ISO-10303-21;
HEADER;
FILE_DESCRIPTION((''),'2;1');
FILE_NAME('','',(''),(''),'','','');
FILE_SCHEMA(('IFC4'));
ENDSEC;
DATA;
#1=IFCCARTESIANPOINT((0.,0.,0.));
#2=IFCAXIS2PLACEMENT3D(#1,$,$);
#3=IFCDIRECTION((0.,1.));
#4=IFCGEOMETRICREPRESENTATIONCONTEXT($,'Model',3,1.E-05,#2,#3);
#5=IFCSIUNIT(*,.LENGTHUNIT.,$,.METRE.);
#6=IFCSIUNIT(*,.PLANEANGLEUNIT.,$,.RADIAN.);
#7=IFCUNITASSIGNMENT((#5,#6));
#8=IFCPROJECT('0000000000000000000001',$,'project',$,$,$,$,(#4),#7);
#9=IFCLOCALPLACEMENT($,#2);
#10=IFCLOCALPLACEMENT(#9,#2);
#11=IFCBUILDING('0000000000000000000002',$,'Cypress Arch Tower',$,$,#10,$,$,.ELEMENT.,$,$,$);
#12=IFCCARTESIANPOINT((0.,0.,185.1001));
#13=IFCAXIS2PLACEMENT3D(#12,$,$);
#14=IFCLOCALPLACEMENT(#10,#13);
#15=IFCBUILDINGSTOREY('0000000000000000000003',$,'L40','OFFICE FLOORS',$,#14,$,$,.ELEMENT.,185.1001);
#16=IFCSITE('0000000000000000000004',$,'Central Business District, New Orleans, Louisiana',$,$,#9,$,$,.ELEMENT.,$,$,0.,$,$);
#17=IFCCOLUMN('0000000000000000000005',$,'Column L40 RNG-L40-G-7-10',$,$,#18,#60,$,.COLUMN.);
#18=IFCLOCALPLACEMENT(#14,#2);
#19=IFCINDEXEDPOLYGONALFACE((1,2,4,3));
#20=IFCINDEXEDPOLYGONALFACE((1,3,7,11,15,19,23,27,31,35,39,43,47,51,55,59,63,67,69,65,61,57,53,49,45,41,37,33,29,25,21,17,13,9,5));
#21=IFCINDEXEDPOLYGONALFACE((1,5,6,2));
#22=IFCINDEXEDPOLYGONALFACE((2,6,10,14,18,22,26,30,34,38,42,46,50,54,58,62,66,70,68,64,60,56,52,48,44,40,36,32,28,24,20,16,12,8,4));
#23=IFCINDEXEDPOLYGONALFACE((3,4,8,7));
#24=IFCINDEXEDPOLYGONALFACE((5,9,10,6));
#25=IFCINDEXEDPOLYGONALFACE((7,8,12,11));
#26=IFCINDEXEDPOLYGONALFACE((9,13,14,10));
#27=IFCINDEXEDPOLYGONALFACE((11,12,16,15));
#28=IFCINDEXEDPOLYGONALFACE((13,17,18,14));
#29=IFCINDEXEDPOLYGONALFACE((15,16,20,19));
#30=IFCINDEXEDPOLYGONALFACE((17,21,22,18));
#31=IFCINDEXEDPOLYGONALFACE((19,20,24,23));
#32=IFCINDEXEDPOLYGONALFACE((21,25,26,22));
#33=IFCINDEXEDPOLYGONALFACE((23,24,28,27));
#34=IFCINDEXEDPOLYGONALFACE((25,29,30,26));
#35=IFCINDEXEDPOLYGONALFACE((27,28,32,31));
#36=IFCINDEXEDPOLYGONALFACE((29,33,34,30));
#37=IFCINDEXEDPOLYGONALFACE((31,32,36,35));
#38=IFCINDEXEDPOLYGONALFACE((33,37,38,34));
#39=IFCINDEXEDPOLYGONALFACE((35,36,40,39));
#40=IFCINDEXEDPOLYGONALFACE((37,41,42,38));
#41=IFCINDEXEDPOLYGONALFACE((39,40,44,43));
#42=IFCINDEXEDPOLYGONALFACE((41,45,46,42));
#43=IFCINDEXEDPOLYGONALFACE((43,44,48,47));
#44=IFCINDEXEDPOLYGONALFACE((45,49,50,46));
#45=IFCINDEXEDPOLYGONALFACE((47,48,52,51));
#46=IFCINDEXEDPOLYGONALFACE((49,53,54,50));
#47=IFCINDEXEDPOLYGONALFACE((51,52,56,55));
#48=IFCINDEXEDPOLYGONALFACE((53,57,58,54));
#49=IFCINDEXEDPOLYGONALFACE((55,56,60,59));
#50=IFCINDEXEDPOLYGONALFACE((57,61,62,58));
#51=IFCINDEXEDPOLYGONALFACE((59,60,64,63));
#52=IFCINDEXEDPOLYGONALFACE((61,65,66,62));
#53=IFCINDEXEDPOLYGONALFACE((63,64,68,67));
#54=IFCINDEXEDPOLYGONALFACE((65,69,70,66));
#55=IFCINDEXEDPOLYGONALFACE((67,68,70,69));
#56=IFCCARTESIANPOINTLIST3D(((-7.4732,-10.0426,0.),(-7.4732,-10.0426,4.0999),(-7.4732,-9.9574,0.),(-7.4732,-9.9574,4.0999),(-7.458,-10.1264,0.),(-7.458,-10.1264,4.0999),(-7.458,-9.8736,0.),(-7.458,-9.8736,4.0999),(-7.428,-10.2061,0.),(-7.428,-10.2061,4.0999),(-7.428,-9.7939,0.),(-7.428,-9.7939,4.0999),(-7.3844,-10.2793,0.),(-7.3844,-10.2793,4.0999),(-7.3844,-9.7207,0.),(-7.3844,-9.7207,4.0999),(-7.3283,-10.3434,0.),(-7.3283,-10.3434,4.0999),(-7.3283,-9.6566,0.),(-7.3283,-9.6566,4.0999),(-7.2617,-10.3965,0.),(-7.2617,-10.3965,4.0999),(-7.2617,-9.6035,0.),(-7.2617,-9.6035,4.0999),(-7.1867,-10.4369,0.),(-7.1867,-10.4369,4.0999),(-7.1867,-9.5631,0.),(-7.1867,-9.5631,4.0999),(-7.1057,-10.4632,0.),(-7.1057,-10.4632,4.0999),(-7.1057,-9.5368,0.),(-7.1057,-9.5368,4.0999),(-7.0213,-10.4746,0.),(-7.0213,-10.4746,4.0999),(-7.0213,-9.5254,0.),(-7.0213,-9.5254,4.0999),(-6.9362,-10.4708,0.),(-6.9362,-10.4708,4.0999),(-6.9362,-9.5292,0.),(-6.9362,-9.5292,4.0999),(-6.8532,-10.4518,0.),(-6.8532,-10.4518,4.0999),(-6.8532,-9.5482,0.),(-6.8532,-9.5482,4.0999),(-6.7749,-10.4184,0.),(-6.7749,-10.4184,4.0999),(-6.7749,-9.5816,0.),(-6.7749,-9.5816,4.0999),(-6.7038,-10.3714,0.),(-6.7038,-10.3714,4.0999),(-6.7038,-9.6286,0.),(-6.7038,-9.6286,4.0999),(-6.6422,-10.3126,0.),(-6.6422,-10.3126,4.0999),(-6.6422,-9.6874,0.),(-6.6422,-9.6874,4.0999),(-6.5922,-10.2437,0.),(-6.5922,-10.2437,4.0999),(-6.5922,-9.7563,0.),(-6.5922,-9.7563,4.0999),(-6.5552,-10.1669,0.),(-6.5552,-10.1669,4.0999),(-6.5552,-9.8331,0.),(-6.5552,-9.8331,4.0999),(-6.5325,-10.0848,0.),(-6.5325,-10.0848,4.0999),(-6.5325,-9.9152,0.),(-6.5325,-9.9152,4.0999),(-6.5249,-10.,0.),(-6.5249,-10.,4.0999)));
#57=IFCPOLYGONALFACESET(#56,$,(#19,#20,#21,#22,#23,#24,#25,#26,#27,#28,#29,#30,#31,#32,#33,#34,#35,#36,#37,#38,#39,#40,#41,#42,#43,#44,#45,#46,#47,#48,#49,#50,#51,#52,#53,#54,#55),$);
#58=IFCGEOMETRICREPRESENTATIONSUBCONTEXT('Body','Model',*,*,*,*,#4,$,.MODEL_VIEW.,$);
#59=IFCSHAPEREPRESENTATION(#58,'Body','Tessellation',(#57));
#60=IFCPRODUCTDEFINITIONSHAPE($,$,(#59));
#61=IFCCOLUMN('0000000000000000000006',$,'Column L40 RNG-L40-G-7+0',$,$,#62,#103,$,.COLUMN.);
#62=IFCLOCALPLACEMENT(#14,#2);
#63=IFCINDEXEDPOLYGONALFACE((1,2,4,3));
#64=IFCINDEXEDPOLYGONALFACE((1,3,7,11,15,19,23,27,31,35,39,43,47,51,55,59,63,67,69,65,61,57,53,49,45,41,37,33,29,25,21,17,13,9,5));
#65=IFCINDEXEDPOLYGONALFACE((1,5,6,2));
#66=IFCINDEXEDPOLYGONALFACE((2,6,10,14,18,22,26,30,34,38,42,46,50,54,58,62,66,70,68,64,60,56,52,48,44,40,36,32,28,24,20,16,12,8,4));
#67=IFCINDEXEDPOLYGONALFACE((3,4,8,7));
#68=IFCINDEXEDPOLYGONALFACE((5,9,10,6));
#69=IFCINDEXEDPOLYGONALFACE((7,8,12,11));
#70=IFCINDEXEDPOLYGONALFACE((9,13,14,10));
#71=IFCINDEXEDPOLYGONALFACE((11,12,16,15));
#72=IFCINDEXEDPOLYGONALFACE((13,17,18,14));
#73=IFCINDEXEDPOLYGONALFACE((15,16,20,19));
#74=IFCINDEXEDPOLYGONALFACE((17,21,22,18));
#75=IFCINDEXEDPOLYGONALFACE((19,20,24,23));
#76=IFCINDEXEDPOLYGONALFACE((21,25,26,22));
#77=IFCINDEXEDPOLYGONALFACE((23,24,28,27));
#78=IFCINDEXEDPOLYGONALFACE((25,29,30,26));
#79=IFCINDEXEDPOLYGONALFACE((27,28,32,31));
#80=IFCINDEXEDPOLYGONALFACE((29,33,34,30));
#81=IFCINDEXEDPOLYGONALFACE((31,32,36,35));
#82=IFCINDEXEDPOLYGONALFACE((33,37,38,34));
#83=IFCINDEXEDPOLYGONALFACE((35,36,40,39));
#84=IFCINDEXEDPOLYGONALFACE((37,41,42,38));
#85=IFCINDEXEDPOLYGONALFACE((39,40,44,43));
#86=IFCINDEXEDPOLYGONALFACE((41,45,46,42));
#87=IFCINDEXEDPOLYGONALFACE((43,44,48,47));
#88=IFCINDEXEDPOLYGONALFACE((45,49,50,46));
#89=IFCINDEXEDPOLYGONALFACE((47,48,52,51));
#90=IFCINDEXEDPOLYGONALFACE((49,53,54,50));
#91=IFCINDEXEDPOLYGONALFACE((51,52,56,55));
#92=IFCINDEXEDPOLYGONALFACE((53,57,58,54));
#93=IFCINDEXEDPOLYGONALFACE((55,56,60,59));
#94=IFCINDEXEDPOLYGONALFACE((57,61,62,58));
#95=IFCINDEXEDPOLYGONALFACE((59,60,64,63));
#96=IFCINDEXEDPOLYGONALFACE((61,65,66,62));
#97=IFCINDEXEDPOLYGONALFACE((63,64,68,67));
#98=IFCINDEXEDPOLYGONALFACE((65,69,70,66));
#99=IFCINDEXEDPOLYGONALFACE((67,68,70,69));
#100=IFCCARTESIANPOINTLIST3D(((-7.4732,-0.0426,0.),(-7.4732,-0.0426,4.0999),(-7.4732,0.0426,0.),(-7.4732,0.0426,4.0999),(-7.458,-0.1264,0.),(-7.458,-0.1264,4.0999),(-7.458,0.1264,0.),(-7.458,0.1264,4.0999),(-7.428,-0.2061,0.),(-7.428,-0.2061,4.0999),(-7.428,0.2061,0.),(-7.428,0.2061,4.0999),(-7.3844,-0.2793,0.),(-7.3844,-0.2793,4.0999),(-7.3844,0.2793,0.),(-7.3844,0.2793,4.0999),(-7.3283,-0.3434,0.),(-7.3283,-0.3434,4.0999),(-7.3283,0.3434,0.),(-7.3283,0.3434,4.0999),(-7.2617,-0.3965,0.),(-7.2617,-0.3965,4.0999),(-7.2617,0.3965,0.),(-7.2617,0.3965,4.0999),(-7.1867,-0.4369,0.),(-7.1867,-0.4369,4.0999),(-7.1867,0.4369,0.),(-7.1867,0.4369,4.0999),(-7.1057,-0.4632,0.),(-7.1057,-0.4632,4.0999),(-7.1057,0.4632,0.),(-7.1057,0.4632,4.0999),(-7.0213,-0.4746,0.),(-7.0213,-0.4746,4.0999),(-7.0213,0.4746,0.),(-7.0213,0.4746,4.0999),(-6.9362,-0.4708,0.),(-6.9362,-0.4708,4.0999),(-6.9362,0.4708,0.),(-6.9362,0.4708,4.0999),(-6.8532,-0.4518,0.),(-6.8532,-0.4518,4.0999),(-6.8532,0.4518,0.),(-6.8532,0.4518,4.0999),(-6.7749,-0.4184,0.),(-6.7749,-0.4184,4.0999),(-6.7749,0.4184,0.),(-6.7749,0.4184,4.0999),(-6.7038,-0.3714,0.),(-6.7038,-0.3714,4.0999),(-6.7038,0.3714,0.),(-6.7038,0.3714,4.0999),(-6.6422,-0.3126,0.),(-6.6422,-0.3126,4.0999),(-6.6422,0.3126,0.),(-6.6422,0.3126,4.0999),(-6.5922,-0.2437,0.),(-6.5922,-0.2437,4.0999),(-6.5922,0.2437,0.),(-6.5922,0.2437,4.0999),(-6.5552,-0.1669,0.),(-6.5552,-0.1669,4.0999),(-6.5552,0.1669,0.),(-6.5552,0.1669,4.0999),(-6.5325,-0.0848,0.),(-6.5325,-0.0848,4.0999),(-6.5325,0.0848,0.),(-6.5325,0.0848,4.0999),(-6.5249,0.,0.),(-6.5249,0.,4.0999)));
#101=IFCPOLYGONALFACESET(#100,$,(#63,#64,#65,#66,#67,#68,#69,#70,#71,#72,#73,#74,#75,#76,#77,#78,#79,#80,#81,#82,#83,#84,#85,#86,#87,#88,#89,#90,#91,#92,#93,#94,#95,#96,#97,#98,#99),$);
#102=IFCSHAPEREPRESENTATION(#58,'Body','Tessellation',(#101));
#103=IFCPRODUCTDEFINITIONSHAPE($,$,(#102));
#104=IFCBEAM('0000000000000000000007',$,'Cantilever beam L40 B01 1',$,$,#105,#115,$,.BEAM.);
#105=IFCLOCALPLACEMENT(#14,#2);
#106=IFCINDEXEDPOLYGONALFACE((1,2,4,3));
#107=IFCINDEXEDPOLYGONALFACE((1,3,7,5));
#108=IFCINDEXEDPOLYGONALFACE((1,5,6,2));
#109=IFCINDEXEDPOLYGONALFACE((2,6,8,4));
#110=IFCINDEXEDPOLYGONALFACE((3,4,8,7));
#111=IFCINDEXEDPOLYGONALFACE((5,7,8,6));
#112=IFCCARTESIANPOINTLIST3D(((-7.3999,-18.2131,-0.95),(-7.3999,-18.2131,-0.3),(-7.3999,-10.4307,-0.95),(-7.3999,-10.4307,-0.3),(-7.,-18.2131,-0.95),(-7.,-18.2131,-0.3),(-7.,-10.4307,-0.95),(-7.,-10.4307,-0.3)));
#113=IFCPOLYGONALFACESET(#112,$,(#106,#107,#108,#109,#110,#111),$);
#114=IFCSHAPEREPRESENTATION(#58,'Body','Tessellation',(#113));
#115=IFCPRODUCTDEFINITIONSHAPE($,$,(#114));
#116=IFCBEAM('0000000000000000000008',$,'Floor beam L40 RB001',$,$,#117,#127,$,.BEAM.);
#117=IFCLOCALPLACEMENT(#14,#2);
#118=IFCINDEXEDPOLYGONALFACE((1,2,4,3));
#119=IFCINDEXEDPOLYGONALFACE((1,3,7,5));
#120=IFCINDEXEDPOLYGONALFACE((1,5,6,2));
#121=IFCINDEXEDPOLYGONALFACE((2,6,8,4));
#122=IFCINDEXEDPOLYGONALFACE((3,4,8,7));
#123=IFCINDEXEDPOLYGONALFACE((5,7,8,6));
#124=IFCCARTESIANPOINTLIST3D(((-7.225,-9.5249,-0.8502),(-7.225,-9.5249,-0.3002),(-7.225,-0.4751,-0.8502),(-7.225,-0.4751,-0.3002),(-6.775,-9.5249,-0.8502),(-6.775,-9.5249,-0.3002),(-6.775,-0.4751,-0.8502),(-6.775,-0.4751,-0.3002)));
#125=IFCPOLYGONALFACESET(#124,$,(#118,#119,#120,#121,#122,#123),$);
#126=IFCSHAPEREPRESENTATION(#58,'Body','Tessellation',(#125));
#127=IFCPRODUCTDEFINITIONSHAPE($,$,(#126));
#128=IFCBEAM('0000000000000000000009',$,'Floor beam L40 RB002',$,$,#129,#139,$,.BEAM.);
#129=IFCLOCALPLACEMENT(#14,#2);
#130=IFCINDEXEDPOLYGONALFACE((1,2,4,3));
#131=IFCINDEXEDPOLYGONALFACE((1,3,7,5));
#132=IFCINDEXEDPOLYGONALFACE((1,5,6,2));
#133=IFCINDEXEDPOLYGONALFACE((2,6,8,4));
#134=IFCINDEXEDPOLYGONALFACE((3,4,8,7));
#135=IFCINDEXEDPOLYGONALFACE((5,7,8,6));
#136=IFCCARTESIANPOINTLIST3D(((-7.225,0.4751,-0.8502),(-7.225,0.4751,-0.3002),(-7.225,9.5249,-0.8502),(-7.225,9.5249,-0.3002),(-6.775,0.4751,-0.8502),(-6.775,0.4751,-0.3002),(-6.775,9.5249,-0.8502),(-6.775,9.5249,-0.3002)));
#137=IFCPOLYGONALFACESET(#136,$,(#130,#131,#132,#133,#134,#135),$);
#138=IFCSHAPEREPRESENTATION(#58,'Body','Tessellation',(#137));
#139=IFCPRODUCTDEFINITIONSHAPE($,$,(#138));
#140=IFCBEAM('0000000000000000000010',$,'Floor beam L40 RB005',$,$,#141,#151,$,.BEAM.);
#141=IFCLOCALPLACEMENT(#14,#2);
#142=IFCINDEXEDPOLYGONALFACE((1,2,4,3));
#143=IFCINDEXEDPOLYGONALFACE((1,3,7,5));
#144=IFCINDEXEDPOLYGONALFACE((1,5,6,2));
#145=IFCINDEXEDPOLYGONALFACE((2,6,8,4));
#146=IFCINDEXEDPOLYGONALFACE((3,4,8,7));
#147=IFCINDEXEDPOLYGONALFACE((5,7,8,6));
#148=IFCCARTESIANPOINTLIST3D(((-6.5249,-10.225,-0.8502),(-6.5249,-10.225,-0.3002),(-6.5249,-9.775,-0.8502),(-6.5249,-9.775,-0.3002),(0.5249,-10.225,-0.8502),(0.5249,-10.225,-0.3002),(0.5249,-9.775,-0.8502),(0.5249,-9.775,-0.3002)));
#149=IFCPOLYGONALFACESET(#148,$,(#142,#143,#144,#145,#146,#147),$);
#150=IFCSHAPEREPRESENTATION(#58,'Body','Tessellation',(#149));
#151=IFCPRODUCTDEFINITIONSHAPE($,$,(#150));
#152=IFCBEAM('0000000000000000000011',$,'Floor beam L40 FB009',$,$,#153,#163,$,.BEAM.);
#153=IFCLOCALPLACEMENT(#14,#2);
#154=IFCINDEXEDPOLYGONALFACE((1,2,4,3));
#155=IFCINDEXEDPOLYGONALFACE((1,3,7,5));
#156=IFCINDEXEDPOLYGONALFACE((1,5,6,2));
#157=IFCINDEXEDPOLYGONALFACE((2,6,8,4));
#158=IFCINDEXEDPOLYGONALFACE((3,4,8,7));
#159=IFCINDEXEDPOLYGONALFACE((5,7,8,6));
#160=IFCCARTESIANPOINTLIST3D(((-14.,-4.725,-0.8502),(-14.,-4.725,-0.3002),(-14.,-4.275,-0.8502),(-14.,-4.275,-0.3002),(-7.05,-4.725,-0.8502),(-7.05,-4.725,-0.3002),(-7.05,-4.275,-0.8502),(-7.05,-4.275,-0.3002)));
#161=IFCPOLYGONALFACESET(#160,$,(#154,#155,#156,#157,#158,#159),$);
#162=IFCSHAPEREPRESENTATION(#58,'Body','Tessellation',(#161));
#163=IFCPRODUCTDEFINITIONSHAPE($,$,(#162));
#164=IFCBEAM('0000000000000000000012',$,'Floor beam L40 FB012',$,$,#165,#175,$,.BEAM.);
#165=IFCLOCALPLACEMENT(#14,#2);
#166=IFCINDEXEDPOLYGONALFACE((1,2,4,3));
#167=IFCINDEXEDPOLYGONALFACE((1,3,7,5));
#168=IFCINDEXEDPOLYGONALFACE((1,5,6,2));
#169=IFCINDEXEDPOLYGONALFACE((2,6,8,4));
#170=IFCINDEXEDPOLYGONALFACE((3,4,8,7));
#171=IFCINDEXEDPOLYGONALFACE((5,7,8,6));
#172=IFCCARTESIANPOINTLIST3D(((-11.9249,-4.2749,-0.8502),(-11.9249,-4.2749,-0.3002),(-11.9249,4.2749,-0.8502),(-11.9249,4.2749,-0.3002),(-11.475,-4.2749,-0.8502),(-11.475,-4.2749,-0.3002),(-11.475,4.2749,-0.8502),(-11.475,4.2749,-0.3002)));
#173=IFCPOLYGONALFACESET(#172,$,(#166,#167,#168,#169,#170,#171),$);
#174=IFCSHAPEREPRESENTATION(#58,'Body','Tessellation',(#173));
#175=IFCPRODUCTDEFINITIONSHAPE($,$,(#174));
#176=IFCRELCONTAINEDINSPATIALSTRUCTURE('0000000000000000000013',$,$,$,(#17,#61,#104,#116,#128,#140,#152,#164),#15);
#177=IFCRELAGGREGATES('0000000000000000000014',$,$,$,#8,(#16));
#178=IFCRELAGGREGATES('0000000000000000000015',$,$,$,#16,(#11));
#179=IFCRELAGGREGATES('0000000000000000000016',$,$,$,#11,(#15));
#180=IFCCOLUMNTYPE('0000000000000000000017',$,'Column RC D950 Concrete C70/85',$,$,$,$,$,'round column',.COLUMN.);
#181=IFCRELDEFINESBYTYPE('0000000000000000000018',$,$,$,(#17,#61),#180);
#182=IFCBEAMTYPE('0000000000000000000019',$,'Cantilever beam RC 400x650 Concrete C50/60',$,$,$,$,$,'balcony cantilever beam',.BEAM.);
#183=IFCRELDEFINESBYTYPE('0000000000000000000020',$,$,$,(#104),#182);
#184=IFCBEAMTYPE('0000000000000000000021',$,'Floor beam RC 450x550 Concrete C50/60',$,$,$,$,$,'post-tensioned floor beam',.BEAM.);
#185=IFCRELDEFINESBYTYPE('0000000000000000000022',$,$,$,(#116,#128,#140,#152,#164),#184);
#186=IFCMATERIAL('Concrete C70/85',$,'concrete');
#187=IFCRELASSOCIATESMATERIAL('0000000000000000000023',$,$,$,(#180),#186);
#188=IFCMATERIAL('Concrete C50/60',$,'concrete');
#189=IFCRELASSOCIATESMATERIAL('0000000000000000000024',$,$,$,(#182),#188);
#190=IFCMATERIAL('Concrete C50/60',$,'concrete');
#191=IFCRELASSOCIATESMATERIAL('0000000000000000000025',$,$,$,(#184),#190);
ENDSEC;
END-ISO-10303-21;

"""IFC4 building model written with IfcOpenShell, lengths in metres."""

from ifc_helpers import new_model, si_unit, direction, frame, origin, origin_2d, place, context, subcontext, project, spatial, rectangle, circle, extrude, material, material_profile, profile_set, type_object, element, save


model = new_model("IFC4")

# Units and contexts
model_context = context("Model", 3, precision=1e-05, world=origin(), true_north=direction((0.0, 1.0)))
body_context = subcontext(model_context, "Body", "Model", "MODEL_VIEW")
ifc_project = project(units=[si_unit("LENGTHUNIT", "METRE"), si_unit("PLANEANGLEUNIT", "RADIAN")], contexts=[model_context])

# Site, building, storey
site_placement = place(None, origin())
site = spatial("IfcSite", under=ifc_project, at=site_placement, Name="Central Business District, New Orleans, Louisiana", CompositionType="ELEMENT", RefElevation=0.0)
building_placement = place(site_placement, origin())
building = spatial("IfcBuilding", under=site, at=building_placement, Name="Cypress Arch Tower", CompositionType="ELEMENT")
storey_placement = place(building_placement, frame((0.0, 0.0, 185.1001)))
storey = spatial("IfcBuildingStorey", under=building, at=storey_placement, Name="L40", Description="OFFICE FLOORS", CompositionType="ELEMENT", Elevation=185.1001)

# Columns
ifc_material_1 = material(Name="Concrete C70/85", Category="concrete")
ifc_material_profile_1 = material_profile(ifc_material_1, circle(Radius=0.4751, at=origin_2d()), Name="RC D950")
ifc_profile_set_1 = profile_set([ifc_material_profile_1], Name="Concrete C70/85")
column_type = type_object("IfcColumnType", Name="Column RC D950 Concrete C70/85", ElementType="round column", PredefinedType="COLUMN", material=ifc_profile_set_1)
for number, where, z_axis, x_axis, name in (
    (1, (-7.0, -10.0, 0.0), (0.0, 0.0, 1.0), (1.0, 0.0, 0.0), "Column L40 RNG-L40-G-7-10"),
    (2, (-7.0, 0.0, 0.0), (0.0, 0.0, 1.0), (1.0, 0.0, 0.0), "Column L40 RNG-L40-G-7+0"),
):
    element("IfcColumn", number, at=place(storey_placement, frame(where, z_axis=z_axis, x_axis=x_axis)), inside=storey, type_object=column_type, Name=name, PredefinedType="COLUMN", context=body_context, shape_type="SweptSolid", body=[
        extrude(circle(Radius=0.4751, at=origin_2d()), origin(), (0.0, 0.0, 1.0), 4.0999),
    ])

# Beams
ifc_material_2 = material(Name="Concrete C50/60", Category="concrete")
ifc_material_profile_2 = material_profile(ifc_material_2, rectangle(XDim=0.3999, YDim=0.6499, at=origin_2d()), Name="RC 400x650")
ifc_profile_set_2 = profile_set([ifc_material_profile_2], Name="Concrete C50/60")
beam_type_1 = type_object("IfcBeamType", Name="Cantilever beam RC 400x650 Concrete C50/60", ElementType="balcony cantilever beam", PredefinedType="BEAM", material=ifc_profile_set_2)
beam_1_placement = place(storey_placement, frame((-7.2, -10.4307, -0.625), z_axis=(0.0, -1.0, 0.0), x_axis=(1.0, 0.0, 0.0)))
element("IfcBeam", 3, at=beam_1_placement, inside=storey, type_object=beam_type_1, Name="Cantilever beam L40 B01 1", PredefinedType="BEAM", context=body_context, shape_type="SweptSolid", body=[
    extrude(rectangle(XDim=0.3999, YDim=0.6499, at=origin_2d()), origin(), (0.0, 0.0, 1.0), 7.7825),
])
ifc_material_3 = material(Name="Concrete C50/60", Category="concrete")
ifc_material_profile_3 = material_profile(ifc_material_3, rectangle(XDim=0.45, YDim=0.55, at=origin_2d()), Name="RC 450x550")
ifc_profile_set_3 = profile_set([ifc_material_profile_3], Name="Concrete C50/60")
beam_type_2 = type_object("IfcBeamType", Name="Floor beam RC 450x550 Concrete C50/60", ElementType="post-tensioned floor beam", PredefinedType="BEAM", material=ifc_profile_set_3)
for number, where, z_axis, x_axis, name in (
    (4, (-7.0, -9.5249, -0.5752), (0.0, 1.0, 0.0), (-1.0, 0.0, 0.0), "Floor beam L40 RB001"),
    (5, (-7.0, 0.4751, -0.5752), (0.0, 1.0, 0.0), (-1.0, 0.0, 0.0), "Floor beam L40 RB002"),
):
    element("IfcBeam", number, at=place(storey_placement, frame(where, z_axis=z_axis, x_axis=x_axis)), inside=storey, type_object=beam_type_2, Name=name, PredefinedType="BEAM", context=body_context, shape_type="SweptSolid", body=[
        extrude(rectangle(XDim=0.45, YDim=0.55, at=origin_2d()), origin(), (0.0, 0.0, 1.0), 9.0498),
    ])
beam_2_placement = place(storey_placement, frame((-6.5249, -10.0, -0.5752), z_axis=(1.0, 0.0, 0.0), x_axis=(0.0, 1.0, 0.0)))
element("IfcBeam", 6, at=beam_2_placement, inside=storey, type_object=beam_type_2, Name="Floor beam L40 RB005", PredefinedType="BEAM", context=body_context, shape_type="SweptSolid", body=[
    extrude(rectangle(XDim=0.45, YDim=0.55, at=origin_2d()), origin(), (0.0, 0.0, 1.0), 7.0498),
])
beam_3_placement = place(storey_placement, frame((-14.0, -4.5, -0.5752), z_axis=(1.0, 0.0, 0.0), x_axis=(0.0, 1.0, 0.0)))
element("IfcBeam", 7, at=beam_3_placement, inside=storey, type_object=beam_type_2, Name="Floor beam L40 FB009", PredefinedType="BEAM", context=body_context, shape_type="SweptSolid", body=[
    extrude(rectangle(XDim=0.45, YDim=0.55, at=origin_2d()), origin(), (0.0, 0.0, 1.0), 6.95),
])
beam_4_placement = place(storey_placement, frame((-11.7, -4.2749, -0.5752), z_axis=(0.0, 1.0, 0.0), x_axis=(-1.0, 0.0, 0.0)))
element("IfcBeam", 8, at=beam_4_placement, inside=storey, type_object=beam_type_2, Name="Floor beam L40 FB012", PredefinedType="BEAM", context=body_context, shape_type="SweptSolid", body=[
    extrude(rectangle(XDim=0.45, YDim=0.55, at=origin_2d()), origin(), (0.0, 0.0, 1.0), 8.5498),
])

save(model, "model.ifc")
